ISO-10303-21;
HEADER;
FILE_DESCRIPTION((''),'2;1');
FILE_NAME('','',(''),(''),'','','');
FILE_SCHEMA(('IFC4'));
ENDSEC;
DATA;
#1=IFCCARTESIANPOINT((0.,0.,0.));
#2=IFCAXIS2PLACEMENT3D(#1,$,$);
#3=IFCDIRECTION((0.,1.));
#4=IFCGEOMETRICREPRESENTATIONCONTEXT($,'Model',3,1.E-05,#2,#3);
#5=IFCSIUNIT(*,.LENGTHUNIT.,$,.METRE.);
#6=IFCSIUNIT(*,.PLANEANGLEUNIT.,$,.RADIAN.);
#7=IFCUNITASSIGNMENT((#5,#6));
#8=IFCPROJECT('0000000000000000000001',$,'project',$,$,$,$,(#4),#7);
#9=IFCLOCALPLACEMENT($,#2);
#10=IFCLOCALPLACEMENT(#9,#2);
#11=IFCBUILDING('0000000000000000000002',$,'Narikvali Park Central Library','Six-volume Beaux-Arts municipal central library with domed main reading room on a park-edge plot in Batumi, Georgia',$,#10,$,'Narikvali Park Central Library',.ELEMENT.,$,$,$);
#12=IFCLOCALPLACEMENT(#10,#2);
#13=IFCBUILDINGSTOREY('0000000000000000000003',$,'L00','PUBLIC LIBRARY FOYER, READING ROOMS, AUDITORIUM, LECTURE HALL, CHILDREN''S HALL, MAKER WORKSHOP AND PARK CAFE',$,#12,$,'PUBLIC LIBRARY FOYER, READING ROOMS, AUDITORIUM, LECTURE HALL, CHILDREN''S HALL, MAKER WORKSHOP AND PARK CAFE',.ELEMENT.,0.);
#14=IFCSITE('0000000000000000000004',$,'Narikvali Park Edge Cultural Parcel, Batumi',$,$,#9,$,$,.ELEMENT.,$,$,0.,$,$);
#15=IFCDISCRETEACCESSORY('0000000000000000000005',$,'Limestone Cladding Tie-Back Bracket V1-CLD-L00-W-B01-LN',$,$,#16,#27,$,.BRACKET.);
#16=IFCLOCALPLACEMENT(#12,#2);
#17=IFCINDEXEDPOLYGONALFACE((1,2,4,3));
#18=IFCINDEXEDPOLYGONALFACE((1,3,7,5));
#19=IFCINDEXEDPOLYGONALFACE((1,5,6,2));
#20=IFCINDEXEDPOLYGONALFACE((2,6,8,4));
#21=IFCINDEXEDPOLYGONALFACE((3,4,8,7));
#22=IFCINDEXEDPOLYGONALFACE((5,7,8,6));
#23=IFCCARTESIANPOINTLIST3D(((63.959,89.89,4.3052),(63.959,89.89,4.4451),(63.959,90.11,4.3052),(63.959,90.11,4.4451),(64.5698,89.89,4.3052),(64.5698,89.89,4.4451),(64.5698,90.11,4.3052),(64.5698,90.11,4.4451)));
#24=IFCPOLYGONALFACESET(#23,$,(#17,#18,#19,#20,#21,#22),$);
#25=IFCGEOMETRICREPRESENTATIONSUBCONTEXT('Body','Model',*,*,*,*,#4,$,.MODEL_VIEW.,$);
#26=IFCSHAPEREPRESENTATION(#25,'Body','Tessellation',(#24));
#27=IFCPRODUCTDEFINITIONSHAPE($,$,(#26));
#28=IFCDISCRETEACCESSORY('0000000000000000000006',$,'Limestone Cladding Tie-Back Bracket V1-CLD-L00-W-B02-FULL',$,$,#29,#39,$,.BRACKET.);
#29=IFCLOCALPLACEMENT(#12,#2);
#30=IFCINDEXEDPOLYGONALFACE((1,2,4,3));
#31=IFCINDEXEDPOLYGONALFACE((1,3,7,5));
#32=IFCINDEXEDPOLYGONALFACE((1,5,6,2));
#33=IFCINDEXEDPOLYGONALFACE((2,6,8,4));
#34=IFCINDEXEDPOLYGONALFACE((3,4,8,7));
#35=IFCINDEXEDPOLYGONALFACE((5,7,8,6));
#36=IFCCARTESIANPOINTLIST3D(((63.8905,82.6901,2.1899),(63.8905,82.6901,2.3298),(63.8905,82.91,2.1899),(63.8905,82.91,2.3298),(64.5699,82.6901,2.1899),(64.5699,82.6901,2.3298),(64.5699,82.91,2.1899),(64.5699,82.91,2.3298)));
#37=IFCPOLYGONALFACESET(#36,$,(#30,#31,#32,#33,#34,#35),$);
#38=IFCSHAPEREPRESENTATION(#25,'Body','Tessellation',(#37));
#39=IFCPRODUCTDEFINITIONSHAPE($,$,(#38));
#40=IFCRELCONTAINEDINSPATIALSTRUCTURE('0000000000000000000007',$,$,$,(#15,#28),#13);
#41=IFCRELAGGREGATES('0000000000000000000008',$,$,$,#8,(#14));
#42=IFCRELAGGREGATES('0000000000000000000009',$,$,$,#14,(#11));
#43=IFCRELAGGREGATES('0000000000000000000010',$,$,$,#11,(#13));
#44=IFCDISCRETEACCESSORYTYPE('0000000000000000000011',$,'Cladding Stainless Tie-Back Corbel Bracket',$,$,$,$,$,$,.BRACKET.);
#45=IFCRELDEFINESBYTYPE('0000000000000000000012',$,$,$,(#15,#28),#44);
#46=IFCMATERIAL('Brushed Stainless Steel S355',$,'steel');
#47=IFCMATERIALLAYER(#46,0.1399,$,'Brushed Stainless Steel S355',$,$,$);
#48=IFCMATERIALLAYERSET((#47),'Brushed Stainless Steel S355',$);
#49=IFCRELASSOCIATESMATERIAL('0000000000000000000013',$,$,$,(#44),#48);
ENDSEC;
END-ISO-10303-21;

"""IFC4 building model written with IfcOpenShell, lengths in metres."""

from ifc_helpers import new_model, si_unit, direction, frame, origin, origin_2d, place, context, subcontext, project, spatial, rectangle, extrude, material, layer, layer_set, type_object, element, save


model = new_model("IFC4")

# Units and contexts
model_context = context("Model", 3, precision=1e-05, world=origin(), true_north=direction((0.0, 1.0)))
body_context = subcontext(model_context, "Body", "Model", "MODEL_VIEW")
ifc_project = project(units=[si_unit("LENGTHUNIT", "METRE"), si_unit("PLANEANGLEUNIT", "RADIAN")], contexts=[model_context])

# Site, building, storey
site_placement = place(None, origin())
site = spatial("IfcSite", under=ifc_project, at=site_placement, Name="Narikvali Park Edge Cultural Parcel, Batumi", CompositionType="ELEMENT", RefElevation=0.0)
building_placement = place(site_placement, origin())
building = spatial("IfcBuilding", under=site, at=building_placement, Name="Narikvali Park Central Library", Description="Six-volume Beaux-Arts municipal central library with domed main reading room on a park-edge plot in Batumi, Georgia", LongName="Narikvali Park Central Library", CompositionType="ELEMENT")
storey_placement = place(building_placement, origin())
storey = spatial("IfcBuildingStorey", under=building, at=storey_placement, Name="L00", Description="PUBLIC LIBRARY FOYER, READING ROOMS, AUDITORIUM, LECTURE HALL, CHILDREN'S HALL, MAKER WORKSHOP AND PARK CAFE", LongName="PUBLIC LIBRARY FOYER, READING ROOMS, AUDITORIUM, LECTURE HALL, CHILDREN'S HALL, MAKER WORKSHOP AND PARK CAFE", CompositionType="ELEMENT", Elevation=0.0)

# Discrete accessories
ifc_material_1 = material(Name="Brushed Stainless Steel S355", Category="steel")
ifc_layer_1 = layer(ifc_material_1, 0.1399, Name="Brushed Stainless Steel S355")
ifc_layer_set_1 = layer_set([ifc_layer_1], Name="Brushed Stainless Steel S355")
discrete_accessory_type = type_object("IfcDiscreteAccessoryType", Name="Cladding Stainless Tie-Back Corbel Bracket", PredefinedType="BRACKET", material=ifc_layer_set_1)
discrete_accessory_1_placement = place(storey_placement, frame((64.2644, 90.0, 4.3052), z_axis=(0.0, 0.0, 1.0), x_axis=(1.0, 0.0, 0.0)))
element("IfcDiscreteAccessory", 1, at=discrete_accessory_1_placement, inside=storey, type_object=discrete_accessory_type, Name="Limestone Cladding Tie-Back Bracket V1-CLD-L00-W-B01-LN", PredefinedType="BRACKET", context=body_context, shape_type="SweptSolid", body=[
    extrude(rectangle(XDim=0.6108, YDim=0.22, at=origin_2d()), origin(), (0.0, 0.0, 1.0), 0.1399),
])
discrete_accessory_2_placement = place(storey_placement, frame((64.2302, 82.8, 2.1899), z_axis=(0.0, 0.0, 1.0), x_axis=(1.0, 0.0, 0.0)))
element("IfcDiscreteAccessory", 2, at=discrete_accessory_2_placement, inside=storey, type_object=discrete_accessory_type, Name="Limestone Cladding Tie-Back Bracket V1-CLD-L00-W-B02-FULL", PredefinedType="BRACKET", context=body_context, shape_type="SweptSolid", body=[
    extrude(rectangle(XDim=0.6794, YDim=0.22, at=origin_2d()), origin(), (0.0, 0.0, 1.0), 0.1399),
])

save(model, "model.ifc")
